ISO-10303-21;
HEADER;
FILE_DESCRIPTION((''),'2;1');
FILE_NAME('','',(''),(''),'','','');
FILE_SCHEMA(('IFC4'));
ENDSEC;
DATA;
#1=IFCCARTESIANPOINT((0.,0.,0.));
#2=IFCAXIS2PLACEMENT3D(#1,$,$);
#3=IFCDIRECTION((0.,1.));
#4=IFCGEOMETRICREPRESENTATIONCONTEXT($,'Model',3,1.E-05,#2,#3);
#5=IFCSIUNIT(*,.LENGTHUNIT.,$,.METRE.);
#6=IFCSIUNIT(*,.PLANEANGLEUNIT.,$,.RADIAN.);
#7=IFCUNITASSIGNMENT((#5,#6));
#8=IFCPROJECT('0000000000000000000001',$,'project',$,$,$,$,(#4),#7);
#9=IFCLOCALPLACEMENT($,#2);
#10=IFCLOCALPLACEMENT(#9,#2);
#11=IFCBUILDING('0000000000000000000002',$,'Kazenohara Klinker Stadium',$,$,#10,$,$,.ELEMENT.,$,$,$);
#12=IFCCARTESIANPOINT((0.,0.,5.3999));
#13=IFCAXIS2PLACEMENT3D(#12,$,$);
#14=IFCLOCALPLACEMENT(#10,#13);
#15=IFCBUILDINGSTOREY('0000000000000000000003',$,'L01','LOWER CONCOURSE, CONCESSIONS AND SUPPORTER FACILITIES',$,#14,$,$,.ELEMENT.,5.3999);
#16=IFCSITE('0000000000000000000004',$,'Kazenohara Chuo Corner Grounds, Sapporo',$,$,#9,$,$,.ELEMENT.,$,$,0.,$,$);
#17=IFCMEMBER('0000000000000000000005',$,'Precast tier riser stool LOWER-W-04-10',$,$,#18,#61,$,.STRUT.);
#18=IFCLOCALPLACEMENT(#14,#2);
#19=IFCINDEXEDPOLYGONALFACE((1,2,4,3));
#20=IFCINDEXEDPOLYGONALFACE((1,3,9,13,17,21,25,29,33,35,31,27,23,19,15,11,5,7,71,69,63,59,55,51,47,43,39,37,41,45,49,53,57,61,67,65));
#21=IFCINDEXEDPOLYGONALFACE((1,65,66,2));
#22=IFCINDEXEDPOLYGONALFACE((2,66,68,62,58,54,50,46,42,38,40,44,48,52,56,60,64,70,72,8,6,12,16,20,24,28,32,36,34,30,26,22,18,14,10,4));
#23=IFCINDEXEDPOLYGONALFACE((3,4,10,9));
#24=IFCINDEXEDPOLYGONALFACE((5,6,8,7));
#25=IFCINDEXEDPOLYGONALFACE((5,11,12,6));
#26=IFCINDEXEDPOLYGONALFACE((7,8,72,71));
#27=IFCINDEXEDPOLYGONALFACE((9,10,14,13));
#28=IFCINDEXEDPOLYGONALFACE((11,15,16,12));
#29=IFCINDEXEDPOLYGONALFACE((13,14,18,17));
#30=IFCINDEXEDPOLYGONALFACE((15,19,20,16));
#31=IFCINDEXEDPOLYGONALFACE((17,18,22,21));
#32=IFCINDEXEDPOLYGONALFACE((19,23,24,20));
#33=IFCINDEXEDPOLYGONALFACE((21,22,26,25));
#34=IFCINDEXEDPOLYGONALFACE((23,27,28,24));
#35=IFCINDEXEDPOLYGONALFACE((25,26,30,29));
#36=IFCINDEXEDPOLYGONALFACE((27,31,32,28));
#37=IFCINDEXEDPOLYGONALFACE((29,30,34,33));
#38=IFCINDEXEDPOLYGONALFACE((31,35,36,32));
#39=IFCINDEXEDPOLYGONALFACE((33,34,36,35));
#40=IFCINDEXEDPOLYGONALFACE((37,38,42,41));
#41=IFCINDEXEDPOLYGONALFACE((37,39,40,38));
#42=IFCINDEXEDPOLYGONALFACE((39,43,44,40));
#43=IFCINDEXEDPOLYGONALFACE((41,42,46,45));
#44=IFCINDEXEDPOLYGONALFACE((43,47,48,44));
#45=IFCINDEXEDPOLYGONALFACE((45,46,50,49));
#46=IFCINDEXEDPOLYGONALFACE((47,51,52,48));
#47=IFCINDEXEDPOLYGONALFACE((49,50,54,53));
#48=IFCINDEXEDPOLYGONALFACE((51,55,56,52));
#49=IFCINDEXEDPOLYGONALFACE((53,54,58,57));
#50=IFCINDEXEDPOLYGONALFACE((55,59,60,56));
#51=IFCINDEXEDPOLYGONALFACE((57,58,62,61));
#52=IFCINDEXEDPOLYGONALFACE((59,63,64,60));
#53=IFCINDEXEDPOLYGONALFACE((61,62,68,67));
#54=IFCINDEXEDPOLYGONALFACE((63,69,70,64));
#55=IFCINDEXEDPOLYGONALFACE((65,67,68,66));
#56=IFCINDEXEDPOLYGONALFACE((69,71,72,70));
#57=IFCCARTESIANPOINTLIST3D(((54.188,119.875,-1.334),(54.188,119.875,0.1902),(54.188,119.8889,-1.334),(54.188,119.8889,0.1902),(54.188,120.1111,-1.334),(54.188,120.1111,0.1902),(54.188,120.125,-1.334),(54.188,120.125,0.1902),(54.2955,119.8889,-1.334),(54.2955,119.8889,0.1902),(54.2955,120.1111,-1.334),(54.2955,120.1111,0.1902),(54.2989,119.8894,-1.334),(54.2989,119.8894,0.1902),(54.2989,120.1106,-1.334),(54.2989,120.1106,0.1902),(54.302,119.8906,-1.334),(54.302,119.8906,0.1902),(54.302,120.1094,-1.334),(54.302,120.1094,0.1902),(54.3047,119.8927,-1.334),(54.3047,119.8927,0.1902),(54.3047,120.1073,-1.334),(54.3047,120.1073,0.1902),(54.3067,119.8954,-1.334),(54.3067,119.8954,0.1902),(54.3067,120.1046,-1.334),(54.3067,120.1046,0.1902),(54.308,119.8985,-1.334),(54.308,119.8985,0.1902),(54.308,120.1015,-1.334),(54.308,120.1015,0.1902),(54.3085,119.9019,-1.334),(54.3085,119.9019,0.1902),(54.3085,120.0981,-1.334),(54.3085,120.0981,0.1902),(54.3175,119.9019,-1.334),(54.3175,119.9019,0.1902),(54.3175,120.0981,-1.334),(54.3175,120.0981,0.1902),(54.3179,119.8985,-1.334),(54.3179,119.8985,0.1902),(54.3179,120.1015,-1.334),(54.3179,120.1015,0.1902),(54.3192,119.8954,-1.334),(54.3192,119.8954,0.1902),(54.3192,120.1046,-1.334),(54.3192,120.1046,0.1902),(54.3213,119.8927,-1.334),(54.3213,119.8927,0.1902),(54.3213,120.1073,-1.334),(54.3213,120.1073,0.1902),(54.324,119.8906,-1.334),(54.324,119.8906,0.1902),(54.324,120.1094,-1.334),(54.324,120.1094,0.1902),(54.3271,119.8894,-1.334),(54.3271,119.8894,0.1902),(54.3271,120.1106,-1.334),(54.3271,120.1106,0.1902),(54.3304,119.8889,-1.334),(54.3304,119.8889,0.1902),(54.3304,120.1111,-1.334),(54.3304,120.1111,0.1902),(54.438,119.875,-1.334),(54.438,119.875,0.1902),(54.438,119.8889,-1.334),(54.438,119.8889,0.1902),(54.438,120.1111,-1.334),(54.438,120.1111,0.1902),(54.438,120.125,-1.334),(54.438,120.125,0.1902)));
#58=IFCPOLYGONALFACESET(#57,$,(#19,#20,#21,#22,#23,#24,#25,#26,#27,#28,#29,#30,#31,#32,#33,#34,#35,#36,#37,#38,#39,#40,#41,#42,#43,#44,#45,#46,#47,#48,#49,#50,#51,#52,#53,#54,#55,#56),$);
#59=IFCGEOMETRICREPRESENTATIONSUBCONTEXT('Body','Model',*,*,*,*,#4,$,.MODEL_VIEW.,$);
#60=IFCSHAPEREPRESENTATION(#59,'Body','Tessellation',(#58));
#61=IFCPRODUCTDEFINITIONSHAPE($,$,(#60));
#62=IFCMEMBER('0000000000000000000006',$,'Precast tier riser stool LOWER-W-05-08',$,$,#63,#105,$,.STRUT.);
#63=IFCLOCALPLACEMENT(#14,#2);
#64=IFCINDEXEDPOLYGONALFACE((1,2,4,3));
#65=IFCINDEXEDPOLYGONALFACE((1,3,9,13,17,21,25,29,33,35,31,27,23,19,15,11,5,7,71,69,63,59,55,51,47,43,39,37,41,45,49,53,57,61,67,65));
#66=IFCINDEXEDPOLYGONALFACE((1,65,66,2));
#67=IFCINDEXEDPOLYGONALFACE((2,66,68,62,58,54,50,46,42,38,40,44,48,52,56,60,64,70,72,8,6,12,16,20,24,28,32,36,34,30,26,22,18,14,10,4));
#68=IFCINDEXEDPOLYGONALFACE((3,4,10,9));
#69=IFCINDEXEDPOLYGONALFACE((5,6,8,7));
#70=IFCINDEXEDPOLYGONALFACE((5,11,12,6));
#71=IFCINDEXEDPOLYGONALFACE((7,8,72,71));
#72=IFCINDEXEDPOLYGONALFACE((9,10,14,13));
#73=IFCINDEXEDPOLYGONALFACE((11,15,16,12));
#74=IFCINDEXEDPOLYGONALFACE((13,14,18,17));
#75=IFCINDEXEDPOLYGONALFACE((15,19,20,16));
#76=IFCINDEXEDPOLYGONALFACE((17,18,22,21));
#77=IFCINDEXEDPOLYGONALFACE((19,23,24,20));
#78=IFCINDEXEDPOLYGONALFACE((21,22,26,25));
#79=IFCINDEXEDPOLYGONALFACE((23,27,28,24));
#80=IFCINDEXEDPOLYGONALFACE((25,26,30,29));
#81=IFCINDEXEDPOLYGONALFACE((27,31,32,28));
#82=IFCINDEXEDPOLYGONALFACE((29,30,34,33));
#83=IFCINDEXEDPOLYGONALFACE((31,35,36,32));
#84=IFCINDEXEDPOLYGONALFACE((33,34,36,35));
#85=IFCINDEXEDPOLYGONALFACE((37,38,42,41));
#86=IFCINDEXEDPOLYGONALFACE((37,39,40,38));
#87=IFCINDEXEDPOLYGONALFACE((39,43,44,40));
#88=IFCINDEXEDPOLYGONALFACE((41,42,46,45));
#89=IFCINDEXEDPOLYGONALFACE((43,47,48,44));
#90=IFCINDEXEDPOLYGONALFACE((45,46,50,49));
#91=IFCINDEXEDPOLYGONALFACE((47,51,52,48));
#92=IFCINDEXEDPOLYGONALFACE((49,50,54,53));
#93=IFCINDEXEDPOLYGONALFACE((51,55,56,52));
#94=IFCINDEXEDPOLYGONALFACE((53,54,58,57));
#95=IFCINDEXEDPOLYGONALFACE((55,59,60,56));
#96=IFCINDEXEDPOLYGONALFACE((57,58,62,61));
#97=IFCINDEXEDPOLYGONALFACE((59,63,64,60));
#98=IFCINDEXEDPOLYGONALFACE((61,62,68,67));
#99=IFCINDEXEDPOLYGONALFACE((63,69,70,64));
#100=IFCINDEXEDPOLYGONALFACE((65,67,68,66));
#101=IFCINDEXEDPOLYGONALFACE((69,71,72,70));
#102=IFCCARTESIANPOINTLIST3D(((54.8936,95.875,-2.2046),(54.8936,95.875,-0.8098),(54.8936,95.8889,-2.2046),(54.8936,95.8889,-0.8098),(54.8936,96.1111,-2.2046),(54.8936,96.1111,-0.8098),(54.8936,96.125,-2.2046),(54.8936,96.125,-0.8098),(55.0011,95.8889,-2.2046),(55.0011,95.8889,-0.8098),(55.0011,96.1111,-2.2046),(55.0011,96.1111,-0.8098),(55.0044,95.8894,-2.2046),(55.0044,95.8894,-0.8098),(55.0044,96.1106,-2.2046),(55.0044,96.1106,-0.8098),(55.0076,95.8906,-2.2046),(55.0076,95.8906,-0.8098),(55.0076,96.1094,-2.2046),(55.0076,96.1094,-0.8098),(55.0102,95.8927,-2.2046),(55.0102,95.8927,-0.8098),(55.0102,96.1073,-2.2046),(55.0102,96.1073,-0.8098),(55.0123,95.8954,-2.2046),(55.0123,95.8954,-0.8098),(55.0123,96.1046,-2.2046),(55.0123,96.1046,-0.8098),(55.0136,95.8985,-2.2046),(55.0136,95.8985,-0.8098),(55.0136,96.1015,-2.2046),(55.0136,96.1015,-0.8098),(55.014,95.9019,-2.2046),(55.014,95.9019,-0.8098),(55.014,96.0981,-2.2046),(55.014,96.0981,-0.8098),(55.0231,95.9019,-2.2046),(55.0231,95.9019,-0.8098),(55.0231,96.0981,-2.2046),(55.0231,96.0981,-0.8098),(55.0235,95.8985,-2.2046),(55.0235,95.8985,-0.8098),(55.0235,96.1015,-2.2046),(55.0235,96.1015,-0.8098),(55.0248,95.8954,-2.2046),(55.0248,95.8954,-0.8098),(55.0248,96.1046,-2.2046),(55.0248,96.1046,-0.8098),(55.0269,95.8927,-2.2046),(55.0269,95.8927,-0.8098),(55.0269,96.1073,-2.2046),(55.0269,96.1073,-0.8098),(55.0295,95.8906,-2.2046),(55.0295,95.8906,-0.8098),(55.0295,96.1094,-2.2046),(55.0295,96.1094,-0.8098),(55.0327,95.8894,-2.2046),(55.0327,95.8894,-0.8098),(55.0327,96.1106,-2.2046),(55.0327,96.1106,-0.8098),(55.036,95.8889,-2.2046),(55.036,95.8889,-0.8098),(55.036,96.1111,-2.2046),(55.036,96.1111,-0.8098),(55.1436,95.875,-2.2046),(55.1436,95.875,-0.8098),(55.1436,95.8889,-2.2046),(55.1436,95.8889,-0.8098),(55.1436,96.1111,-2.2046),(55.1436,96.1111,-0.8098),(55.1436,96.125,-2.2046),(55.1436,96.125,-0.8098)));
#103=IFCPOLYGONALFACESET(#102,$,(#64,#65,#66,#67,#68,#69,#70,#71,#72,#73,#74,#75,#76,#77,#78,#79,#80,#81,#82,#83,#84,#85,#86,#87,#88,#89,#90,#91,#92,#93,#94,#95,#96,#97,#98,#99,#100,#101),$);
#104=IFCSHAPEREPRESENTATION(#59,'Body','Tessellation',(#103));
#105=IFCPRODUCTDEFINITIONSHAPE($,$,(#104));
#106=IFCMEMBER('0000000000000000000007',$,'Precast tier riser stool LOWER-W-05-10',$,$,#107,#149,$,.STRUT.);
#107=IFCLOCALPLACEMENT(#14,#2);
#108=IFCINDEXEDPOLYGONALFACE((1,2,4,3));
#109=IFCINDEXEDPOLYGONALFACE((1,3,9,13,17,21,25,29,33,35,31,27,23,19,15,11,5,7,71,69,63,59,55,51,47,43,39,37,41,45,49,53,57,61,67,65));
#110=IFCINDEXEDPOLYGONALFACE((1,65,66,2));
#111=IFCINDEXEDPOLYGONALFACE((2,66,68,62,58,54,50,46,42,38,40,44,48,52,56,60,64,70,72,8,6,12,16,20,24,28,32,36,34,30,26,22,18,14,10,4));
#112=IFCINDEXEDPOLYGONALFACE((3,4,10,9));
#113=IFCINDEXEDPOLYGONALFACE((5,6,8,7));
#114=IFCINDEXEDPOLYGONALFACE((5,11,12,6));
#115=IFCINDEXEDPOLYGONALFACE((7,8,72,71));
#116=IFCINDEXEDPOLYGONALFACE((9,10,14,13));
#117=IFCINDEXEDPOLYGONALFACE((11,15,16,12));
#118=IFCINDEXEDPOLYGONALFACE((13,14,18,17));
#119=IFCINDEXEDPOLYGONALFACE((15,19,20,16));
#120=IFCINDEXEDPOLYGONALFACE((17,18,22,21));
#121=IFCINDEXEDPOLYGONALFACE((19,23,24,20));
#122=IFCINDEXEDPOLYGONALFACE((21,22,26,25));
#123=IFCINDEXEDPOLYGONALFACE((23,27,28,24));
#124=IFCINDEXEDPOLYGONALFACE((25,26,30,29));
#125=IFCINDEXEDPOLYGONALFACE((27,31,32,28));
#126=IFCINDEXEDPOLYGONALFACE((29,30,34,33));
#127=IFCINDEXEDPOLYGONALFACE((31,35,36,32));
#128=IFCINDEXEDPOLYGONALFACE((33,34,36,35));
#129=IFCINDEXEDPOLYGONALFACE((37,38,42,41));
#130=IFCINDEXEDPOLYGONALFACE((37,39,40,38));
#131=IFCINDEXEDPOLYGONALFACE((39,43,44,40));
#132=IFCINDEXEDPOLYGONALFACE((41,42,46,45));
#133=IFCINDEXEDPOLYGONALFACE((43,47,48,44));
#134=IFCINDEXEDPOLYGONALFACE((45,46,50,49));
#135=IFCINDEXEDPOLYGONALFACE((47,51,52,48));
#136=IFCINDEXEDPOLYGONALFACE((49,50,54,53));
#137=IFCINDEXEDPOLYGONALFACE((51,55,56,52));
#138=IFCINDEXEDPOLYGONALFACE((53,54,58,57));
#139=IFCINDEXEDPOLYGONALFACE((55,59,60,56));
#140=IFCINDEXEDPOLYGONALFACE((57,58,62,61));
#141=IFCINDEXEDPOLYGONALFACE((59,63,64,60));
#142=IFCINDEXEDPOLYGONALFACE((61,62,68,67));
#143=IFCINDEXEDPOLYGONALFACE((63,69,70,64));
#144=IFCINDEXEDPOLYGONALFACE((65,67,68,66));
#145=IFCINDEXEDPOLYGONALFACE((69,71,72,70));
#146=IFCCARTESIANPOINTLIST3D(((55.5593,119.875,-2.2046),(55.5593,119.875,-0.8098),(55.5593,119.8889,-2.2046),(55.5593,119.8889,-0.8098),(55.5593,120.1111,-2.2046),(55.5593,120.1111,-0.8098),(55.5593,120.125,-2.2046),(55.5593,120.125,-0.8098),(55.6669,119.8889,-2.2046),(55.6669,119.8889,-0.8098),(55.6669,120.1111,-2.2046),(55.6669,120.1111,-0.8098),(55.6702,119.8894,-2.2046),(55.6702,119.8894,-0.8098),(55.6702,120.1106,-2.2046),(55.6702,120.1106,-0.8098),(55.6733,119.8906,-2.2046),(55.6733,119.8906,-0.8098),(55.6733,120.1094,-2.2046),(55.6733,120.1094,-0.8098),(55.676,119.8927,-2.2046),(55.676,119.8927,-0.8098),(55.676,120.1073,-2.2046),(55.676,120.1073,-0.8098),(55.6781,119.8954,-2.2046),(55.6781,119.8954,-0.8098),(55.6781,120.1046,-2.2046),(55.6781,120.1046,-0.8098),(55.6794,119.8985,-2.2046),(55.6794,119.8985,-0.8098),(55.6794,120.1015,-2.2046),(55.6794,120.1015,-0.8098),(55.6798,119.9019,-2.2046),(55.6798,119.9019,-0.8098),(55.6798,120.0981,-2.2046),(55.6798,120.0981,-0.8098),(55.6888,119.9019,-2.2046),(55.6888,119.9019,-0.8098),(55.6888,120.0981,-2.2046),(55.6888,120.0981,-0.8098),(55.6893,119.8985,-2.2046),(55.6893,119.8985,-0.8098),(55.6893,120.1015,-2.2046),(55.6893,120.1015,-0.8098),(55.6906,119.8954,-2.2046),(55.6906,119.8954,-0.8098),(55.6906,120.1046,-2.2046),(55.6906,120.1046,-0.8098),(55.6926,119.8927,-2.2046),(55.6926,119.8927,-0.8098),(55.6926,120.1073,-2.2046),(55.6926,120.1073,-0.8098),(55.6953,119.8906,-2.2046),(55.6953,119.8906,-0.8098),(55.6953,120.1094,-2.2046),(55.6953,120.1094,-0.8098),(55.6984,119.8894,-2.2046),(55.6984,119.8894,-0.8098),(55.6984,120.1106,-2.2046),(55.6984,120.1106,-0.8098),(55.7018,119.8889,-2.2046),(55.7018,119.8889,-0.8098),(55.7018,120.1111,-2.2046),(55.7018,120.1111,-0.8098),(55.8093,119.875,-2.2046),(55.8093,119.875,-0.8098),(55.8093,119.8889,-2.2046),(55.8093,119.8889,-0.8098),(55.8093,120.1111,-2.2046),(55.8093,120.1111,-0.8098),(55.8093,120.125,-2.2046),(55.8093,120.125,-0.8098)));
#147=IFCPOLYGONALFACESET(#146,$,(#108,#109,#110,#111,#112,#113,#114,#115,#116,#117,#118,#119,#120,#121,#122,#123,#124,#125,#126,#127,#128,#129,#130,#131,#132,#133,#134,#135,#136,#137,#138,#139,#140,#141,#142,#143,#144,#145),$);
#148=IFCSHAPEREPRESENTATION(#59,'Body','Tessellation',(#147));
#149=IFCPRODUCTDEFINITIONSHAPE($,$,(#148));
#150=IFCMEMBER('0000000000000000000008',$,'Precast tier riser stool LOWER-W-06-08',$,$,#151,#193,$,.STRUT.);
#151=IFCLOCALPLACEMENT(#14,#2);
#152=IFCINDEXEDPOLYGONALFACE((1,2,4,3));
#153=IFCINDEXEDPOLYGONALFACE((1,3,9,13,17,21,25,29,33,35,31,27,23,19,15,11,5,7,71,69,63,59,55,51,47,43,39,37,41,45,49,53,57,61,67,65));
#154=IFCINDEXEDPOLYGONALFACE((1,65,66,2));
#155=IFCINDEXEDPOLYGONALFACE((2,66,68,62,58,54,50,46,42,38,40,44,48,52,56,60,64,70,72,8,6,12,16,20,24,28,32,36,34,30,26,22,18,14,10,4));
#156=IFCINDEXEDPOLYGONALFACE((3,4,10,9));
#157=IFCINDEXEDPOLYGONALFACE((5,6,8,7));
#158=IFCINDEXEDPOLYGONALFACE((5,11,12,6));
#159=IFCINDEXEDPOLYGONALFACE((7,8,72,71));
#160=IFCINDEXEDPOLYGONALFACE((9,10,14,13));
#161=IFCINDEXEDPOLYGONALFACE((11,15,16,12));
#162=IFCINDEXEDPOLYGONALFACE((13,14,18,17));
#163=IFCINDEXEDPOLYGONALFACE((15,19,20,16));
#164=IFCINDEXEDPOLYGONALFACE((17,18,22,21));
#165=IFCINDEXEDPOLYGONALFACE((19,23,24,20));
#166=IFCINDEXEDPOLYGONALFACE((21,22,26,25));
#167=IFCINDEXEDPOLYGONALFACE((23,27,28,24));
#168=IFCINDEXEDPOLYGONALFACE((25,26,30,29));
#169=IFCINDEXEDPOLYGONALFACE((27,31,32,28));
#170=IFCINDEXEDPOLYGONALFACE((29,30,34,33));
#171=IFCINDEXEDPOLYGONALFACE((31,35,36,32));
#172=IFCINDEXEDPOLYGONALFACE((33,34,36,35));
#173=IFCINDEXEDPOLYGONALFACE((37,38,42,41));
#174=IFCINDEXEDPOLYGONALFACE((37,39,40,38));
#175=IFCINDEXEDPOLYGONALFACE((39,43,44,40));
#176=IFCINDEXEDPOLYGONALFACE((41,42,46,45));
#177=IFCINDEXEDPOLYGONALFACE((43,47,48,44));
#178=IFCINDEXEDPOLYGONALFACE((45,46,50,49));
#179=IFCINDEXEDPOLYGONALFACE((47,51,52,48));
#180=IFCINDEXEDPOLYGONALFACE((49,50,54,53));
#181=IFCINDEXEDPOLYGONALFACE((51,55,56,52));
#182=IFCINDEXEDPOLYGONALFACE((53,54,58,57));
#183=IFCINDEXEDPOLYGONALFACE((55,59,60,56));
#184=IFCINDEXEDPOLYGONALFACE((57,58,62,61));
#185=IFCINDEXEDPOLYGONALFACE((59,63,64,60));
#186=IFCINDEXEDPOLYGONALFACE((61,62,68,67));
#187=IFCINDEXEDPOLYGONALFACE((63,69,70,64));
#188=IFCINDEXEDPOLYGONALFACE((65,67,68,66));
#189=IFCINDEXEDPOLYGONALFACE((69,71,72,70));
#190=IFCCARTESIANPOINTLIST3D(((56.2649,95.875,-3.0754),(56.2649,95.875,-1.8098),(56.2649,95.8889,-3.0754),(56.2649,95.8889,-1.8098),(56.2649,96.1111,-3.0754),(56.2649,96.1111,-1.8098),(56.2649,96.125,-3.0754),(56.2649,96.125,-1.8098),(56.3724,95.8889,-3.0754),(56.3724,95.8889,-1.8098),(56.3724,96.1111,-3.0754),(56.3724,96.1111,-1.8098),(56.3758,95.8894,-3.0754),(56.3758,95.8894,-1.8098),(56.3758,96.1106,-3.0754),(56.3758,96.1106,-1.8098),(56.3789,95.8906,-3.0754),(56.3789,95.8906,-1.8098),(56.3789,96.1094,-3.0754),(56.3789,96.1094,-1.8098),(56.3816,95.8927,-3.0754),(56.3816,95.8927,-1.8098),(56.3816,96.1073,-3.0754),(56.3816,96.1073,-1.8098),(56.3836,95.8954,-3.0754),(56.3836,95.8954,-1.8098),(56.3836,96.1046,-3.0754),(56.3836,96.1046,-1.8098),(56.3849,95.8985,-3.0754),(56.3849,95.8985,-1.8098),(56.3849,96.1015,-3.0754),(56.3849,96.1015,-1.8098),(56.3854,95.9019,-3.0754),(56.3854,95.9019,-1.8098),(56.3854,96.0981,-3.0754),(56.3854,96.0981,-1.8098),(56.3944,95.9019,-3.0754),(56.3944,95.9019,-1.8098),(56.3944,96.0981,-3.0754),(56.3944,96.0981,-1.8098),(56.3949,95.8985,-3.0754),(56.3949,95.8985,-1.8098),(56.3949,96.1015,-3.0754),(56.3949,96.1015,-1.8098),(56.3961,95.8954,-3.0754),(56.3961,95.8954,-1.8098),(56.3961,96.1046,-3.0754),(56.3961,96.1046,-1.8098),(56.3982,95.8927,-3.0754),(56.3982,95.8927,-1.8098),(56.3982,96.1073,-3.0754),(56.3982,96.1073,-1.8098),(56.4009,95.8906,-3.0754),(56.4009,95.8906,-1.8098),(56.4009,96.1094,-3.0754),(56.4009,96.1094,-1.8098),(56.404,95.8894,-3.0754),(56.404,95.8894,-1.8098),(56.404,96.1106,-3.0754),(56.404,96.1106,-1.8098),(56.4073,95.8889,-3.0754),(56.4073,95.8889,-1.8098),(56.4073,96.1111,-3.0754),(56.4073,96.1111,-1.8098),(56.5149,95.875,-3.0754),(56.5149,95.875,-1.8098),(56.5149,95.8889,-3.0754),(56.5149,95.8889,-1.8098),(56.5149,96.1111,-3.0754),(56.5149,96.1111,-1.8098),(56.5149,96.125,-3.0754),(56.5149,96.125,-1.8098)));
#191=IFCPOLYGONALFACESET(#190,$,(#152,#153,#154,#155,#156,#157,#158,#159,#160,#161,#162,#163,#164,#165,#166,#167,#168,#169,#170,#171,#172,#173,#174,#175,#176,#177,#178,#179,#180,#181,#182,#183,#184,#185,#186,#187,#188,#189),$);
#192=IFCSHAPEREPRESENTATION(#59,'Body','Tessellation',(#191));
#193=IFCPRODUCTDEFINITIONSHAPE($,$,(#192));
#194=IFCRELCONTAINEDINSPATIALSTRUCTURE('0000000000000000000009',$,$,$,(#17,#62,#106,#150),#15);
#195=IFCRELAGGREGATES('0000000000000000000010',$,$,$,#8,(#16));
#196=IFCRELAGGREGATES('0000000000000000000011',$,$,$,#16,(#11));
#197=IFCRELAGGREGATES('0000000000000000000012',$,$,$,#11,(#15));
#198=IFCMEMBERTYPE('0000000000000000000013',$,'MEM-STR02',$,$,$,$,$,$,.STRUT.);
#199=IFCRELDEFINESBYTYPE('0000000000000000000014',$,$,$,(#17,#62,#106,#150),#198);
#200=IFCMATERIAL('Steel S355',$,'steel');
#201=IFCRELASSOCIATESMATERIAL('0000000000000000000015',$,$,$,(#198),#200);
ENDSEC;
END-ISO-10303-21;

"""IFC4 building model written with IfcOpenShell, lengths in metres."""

from ifc_helpers import new_model, si_unit, direction, frame, origin, origin_2d, place, context, subcontext, project, spatial, i_section, extrude, material, material_profile, profile_set, type_object, element, save


model = new_model("IFC4")

# Units and contexts
model_context = context("Model", 3, precision=1e-05, world=origin(), true_north=direction((0.0, 1.0)))
body_context = subcontext(model_context, "Body", "Model", "MODEL_VIEW")
ifc_project = project(units=[si_unit("LENGTHUNIT", "METRE"), si_unit("PLANEANGLEUNIT", "RADIAN")], contexts=[model_context])

# Site, building, storey
site_placement = place(None, origin())
site = spatial("IfcSite", under=ifc_project, at=site_placement, Name="Kazenohara Chuo Corner Grounds, Sapporo", CompositionType="ELEMENT", RefElevation=0.0)
building_placement = place(site_placement, origin())
building = spatial("IfcBuilding", under=site, at=building_placement, Name="Kazenohara Klinker Stadium", CompositionType="ELEMENT")
storey_placement = place(building_placement, frame((0.0, 0.0, 5.3999)))
storey = spatial("IfcBuildingStorey", under=building, at=storey_placement, Name="L01", Description="LOWER CONCOURSE, CONCESSIONS AND SUPPORTER FACILITIES", CompositionType="ELEMENT", Elevation=5.3999)

# Shared definitions
ifc_material_1 = material(Name="Steel S355", Category="steel")

# Members
ifc_material_profile_1 = material_profile(ifc_material_1, i_section(OverallWidth=0.25, OverallDepth=0.25, WebThickness=0.009, FlangeThickness=0.0139, FilletRadius=0.0129, at=origin_2d()), Name="H-250x250x9x14")
ifc_profile_set_1 = profile_set([ifc_material_profile_1], Name="Steel S355")
member_type_1 = type_object("IfcMemberType", Name="MEM-STR02", PredefinedType="STRUT", material=ifc_profile_set_1)
for number, where, z_axis, x_axis, name in (
    (1, (54.313, 120.0, -1.334), (0.0, 0.0, 1.0), (1.0, 0.0, 0.0), "Precast tier riser stool LOWER-W-04-10"),
):
    element("IfcMember", number, at=place(storey_placement, frame(where, z_axis=z_axis, x_axis=x_axis)), inside=storey, type_object=member_type_1, Name=name, PredefinedType="STRUT", context=body_context, shape_type="SweptSolid", body=[
        extrude(i_section(OverallWidth=0.25, OverallDepth=0.25, WebThickness=0.009, FlangeThickness=0.0139, FilletRadius=0.0129, at=origin_2d()), origin(), (0.0, 0.0, 1.0), 1.5242),
    ])
for number, where, z_axis, x_axis, name in (
    (2, (55.0186, 96.0, -2.2046), (0.0, 0.0, 1.0), (1.0, 0.0, 0.0), "Precast tier riser stool LOWER-W-05-08"),
    (3, (55.6843, 120.0, -2.2046), (0.0, 0.0, 1.0), (1.0, 0.0, 0.0), "Precast tier riser stool LOWER-W-05-10"),
):
    element("IfcMember", number, at=place(storey_placement, frame(where, z_axis=z_axis, x_axis=x_axis)), inside=storey, type_object=member_type_1, Name=name, PredefinedType="STRUT", context=body_context, shape_type="SweptSolid", body=[
        extrude(i_section(OverallWidth=0.25, OverallDepth=0.25, WebThickness=0.009, FlangeThickness=0.0139, FilletRadius=0.0129, at=origin_2d()), origin(), (0.0, 0.0, 1.0), 1.3948),
    ])
for number, where, z_axis, x_axis, name in (
    (4, (56.3899, 96.0, -3.0754), (0.0, 0.0, 1.0), (1.0, 0.0, 0.0), "Precast tier riser stool LOWER-W-06-08"),
):
    element("IfcMember", number, at=place(storey_placement, frame(where, z_axis=z_axis, x_axis=x_axis)), inside=storey, type_object=member_type_1, Name=name, PredefinedType="STRUT", context=body_context, shape_type="SweptSolid", body=[
        extrude(i_section(OverallWidth=0.25, OverallDepth=0.25, WebThickness=0.009, FlangeThickness=0.0139, FilletRadius=0.0129, at=origin_2d()), origin(), (0.0, 0.0, 1.0), 1.2656),
    ])

save(model, "model.ifc")
